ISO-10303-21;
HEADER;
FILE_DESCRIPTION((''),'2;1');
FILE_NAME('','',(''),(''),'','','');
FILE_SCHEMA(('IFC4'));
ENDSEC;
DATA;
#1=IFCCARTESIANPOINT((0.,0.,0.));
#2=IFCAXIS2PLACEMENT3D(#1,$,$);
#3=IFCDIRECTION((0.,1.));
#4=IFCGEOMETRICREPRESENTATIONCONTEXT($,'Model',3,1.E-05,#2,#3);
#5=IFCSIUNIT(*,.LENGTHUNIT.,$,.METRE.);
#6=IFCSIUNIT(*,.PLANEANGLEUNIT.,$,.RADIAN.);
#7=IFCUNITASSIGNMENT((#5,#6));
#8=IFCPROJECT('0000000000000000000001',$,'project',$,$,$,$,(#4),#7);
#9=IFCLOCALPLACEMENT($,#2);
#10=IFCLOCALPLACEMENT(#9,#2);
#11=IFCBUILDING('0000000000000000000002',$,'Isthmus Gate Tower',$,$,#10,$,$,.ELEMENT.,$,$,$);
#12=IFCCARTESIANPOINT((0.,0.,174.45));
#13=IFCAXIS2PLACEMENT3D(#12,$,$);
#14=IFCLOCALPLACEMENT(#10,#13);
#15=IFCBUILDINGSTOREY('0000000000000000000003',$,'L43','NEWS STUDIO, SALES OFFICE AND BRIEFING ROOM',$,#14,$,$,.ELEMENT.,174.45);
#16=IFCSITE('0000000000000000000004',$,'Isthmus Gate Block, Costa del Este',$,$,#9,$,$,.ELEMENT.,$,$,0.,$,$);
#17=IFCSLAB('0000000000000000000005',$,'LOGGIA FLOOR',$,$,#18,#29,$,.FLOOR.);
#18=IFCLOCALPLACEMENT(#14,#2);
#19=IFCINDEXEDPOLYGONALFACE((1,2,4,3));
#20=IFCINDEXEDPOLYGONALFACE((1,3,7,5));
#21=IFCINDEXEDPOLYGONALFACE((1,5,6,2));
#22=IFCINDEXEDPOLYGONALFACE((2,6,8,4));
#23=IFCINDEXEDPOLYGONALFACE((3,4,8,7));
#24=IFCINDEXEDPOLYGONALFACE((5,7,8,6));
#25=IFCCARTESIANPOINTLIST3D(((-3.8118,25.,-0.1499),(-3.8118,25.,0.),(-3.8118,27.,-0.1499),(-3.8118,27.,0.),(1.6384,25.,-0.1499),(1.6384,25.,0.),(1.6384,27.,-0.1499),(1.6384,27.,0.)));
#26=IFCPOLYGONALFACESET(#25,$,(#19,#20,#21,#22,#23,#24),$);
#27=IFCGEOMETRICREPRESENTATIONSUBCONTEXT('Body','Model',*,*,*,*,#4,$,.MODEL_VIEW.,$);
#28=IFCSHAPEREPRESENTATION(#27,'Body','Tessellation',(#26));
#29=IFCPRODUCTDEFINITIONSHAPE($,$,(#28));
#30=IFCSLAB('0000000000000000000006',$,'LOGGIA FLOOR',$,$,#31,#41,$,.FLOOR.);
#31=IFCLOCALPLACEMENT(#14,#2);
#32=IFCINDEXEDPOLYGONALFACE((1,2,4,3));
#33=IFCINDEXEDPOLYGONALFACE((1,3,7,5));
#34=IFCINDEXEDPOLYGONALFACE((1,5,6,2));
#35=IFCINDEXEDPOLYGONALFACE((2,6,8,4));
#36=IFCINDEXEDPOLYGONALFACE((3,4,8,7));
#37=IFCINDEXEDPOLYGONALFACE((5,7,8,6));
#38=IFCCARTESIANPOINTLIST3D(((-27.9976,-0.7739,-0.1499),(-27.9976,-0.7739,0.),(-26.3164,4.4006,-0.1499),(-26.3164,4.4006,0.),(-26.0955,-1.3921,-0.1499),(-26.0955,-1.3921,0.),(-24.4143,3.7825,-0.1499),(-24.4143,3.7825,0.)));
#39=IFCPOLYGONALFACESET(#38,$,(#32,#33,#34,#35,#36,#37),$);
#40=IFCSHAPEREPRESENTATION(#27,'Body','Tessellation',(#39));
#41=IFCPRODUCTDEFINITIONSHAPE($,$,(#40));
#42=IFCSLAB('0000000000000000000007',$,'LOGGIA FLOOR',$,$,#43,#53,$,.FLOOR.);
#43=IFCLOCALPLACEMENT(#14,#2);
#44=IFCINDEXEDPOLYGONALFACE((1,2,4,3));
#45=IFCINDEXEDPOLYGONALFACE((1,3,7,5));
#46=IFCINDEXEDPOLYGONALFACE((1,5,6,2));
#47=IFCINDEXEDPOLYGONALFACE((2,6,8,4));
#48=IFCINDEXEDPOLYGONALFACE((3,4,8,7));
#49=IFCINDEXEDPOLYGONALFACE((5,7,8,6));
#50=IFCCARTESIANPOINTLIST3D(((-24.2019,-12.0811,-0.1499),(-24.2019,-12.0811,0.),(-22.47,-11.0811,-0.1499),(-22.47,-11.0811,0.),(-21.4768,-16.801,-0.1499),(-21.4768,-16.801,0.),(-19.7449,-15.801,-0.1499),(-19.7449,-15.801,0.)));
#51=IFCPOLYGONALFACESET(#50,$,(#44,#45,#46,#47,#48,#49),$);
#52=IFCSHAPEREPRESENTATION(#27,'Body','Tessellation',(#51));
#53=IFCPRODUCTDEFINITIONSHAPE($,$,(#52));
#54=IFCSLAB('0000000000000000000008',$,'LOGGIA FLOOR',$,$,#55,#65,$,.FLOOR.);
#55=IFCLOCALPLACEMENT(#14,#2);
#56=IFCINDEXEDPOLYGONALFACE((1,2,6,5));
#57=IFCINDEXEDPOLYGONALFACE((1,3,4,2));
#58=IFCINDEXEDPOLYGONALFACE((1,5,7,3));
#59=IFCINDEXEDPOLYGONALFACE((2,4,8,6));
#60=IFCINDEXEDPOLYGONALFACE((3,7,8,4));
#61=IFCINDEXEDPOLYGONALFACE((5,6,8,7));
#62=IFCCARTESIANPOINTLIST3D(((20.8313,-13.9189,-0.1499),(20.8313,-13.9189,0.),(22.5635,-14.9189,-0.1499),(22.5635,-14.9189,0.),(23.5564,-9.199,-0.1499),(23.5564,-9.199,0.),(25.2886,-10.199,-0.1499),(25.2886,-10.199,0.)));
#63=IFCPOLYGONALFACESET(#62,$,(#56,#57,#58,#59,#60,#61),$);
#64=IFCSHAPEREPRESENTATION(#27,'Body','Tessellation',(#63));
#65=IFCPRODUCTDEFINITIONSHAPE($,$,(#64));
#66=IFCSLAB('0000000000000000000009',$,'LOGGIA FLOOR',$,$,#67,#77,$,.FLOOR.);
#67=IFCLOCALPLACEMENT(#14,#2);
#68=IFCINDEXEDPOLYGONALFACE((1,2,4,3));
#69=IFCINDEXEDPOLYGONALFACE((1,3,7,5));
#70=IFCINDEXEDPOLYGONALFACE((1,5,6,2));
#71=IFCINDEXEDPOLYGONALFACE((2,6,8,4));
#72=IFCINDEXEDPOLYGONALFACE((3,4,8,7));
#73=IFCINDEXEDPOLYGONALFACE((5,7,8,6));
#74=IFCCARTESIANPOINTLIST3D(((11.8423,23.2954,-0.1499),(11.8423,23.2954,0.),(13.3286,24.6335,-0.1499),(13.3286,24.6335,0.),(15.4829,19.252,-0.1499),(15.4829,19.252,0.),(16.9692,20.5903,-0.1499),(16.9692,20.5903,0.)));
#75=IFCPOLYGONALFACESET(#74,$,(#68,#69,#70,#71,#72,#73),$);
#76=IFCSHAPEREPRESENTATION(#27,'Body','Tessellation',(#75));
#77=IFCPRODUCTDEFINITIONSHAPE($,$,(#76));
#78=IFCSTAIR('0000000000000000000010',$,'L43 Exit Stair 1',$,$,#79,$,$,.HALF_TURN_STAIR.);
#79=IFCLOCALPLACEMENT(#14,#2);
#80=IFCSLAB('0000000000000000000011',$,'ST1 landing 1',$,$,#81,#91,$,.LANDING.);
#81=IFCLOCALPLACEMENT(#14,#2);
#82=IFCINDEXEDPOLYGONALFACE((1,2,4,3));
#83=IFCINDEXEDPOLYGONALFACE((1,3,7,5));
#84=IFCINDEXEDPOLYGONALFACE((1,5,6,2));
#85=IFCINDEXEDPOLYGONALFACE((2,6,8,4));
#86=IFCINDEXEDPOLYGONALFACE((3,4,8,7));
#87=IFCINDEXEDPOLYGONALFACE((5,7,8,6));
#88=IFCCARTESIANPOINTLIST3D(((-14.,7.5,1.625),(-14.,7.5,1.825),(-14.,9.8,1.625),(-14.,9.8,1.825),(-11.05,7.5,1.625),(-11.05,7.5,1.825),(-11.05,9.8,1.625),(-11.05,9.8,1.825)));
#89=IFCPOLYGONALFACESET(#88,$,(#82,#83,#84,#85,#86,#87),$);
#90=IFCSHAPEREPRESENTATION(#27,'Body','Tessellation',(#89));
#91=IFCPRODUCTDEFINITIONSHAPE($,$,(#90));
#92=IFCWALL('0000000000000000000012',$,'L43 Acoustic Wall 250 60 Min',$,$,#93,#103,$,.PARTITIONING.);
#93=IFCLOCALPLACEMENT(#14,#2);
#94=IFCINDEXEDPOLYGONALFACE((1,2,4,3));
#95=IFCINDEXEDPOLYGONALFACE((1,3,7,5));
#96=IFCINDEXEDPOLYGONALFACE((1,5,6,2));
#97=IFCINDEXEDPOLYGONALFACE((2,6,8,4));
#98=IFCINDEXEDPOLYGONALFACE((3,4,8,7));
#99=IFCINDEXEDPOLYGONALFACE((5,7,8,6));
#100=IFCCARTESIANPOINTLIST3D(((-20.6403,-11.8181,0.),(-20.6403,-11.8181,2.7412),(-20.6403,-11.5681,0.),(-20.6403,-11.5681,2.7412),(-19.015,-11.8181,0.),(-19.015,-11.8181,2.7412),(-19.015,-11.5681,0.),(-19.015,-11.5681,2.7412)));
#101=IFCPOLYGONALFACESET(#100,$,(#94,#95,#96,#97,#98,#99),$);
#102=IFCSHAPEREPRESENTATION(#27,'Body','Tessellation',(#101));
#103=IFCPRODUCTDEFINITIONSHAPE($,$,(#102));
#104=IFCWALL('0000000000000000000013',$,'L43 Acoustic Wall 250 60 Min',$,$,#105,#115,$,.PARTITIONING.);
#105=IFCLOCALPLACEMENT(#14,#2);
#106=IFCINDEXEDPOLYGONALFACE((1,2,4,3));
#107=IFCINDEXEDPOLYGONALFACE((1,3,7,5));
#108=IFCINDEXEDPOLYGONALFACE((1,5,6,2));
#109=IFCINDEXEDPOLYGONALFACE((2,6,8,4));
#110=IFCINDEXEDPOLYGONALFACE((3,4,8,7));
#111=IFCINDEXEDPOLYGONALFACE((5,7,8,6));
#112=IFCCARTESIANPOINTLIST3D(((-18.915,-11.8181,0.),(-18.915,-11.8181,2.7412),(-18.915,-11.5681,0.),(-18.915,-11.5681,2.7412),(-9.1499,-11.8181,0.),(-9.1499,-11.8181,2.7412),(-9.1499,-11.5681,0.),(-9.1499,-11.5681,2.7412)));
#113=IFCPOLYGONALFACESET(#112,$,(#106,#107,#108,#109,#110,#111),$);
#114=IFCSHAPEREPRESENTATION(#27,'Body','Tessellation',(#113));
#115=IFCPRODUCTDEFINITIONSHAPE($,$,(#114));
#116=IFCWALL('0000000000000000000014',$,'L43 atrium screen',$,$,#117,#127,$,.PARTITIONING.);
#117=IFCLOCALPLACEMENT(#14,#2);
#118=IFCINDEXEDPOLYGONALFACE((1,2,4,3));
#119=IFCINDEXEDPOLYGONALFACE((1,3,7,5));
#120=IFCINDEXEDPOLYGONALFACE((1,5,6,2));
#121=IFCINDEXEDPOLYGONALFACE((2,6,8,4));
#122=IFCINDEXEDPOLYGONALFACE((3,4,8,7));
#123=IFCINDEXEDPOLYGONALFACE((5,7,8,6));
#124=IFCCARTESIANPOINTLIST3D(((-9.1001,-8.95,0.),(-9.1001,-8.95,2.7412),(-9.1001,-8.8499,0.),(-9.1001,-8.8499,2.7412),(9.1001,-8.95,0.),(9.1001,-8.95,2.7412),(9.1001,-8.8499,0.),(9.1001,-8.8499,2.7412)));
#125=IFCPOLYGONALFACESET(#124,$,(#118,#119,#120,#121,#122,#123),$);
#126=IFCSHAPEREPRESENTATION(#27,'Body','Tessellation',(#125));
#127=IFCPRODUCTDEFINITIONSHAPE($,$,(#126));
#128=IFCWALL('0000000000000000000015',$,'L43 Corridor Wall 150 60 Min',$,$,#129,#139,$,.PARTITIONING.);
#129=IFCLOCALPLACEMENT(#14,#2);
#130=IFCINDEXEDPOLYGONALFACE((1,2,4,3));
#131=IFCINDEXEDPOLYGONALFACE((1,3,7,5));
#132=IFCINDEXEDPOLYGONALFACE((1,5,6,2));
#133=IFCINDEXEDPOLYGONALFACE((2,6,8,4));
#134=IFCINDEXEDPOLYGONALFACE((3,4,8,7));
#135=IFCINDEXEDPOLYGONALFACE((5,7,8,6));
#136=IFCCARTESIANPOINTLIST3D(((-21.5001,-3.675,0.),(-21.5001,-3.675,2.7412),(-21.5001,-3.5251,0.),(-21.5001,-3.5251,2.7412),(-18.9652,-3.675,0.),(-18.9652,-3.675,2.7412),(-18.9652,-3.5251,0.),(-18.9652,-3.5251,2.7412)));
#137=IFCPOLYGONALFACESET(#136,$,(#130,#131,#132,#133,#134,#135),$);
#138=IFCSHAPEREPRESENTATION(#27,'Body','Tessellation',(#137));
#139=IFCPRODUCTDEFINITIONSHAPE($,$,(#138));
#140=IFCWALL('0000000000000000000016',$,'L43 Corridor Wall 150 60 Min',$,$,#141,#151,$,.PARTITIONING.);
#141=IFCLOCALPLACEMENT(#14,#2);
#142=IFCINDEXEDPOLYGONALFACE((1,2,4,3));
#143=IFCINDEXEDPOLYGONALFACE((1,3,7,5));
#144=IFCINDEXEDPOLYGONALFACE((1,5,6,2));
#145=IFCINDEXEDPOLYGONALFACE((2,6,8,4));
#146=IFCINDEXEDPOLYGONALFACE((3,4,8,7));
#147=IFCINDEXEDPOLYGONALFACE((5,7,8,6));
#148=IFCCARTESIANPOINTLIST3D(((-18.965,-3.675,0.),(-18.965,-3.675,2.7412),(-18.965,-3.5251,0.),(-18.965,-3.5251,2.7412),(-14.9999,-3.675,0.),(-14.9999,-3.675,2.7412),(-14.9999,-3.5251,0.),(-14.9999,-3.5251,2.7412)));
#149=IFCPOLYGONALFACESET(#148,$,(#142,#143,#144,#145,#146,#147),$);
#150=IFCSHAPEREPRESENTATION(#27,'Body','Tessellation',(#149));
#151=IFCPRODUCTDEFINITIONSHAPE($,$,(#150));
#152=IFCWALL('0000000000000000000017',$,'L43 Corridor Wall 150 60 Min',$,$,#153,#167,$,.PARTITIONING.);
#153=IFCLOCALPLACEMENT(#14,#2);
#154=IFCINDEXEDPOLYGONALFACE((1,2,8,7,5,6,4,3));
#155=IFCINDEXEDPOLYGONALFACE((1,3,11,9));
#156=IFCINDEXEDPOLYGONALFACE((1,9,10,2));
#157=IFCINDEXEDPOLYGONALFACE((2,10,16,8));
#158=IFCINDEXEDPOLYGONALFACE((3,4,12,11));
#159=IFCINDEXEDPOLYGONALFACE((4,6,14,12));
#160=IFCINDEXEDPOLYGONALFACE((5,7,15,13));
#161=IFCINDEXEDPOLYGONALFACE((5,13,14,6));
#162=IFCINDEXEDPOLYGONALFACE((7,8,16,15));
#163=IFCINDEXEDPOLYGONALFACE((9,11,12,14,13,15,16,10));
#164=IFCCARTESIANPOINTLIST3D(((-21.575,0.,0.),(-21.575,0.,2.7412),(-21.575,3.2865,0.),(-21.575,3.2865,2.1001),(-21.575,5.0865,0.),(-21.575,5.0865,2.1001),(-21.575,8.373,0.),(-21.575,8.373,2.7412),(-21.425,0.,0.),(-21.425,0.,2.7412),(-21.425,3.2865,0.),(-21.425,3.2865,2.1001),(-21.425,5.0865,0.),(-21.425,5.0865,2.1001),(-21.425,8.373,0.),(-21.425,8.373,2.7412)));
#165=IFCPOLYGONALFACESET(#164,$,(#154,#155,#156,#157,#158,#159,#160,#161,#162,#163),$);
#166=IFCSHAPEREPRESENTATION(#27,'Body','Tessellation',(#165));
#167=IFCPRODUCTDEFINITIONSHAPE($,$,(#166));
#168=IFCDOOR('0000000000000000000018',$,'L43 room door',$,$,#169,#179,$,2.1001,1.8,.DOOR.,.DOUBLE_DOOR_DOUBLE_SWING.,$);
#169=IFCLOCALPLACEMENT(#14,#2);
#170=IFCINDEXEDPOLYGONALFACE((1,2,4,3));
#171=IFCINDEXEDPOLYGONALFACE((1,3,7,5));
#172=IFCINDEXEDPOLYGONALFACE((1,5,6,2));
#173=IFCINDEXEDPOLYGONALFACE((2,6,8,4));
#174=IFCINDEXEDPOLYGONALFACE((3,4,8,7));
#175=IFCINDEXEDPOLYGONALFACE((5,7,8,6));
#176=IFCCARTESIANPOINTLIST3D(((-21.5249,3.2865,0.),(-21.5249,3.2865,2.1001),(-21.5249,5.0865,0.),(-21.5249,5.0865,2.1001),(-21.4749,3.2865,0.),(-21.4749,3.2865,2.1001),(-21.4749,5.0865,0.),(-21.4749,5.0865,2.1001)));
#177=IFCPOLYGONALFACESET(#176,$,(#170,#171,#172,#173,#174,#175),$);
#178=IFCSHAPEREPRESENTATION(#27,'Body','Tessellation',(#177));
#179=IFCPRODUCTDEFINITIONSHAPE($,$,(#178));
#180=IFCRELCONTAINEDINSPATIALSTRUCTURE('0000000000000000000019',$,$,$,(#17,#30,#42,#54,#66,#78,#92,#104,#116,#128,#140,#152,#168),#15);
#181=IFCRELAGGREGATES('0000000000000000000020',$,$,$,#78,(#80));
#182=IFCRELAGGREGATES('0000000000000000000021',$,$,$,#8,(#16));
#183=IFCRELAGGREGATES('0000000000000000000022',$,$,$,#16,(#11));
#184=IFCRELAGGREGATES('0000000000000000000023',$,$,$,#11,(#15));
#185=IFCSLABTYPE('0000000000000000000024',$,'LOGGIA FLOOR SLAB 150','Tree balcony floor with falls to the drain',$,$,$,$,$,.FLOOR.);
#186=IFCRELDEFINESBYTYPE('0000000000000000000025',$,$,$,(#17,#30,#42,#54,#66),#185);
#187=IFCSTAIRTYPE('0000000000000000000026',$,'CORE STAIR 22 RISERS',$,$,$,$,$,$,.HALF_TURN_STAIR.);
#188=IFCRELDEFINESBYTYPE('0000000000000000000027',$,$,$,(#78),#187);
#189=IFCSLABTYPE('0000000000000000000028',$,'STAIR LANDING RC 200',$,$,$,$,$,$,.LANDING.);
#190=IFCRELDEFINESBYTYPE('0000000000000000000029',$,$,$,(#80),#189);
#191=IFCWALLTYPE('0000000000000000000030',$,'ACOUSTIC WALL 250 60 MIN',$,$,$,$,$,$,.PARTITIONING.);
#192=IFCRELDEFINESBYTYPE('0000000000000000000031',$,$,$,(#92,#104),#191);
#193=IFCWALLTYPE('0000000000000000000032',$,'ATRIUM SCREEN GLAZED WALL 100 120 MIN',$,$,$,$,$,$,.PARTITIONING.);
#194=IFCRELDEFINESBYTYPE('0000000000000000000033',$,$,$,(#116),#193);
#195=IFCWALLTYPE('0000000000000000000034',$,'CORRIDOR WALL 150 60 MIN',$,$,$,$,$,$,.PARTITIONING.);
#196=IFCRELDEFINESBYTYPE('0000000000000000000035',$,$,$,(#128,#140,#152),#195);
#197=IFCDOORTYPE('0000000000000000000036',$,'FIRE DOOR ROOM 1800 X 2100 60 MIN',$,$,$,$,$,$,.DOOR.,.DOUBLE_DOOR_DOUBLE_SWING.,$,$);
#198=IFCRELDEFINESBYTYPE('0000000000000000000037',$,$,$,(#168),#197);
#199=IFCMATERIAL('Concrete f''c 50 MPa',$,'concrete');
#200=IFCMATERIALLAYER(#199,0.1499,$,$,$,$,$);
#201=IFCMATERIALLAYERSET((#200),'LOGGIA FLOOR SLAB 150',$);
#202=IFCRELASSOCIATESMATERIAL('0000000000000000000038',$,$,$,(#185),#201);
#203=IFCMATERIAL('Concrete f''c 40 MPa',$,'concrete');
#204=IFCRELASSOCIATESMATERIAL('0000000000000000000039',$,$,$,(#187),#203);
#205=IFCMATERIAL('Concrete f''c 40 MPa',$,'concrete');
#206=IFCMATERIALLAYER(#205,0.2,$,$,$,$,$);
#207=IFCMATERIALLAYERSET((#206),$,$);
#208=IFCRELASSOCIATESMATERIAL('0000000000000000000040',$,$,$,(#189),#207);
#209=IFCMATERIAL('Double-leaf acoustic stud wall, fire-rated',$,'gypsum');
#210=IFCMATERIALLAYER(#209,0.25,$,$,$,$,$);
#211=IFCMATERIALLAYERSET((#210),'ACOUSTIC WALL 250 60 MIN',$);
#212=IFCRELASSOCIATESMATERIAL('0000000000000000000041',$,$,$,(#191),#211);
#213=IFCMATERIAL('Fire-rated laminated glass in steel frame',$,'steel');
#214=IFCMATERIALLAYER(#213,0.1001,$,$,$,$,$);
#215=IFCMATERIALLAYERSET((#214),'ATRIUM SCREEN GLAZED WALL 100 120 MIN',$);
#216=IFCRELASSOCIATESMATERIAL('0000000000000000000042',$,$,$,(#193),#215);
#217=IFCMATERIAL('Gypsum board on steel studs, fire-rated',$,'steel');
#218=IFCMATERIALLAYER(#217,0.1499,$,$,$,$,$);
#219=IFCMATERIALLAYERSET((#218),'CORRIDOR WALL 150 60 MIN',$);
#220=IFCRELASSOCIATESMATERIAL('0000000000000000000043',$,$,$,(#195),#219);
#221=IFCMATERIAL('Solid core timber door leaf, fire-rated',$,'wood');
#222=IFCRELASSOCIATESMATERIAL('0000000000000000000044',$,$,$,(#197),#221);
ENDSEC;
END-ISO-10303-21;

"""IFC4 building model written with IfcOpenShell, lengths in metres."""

from ifc_helpers import new_model, si_unit, direction, frame, frame_2d, origin, place, context, subcontext, project, spatial, polyline, rectangle, outline, extrude, material, layer, layer_set, type_object, element, fill, aggregate, save


model = new_model("IFC4")

# Units and contexts
model_context = context("Model", 3, precision=1e-05, world=origin(), true_north=direction((0.0, 1.0)))
body_context = subcontext(model_context, "Body", "Model", "MODEL_VIEW")
ifc_project = project(units=[si_unit("LENGTHUNIT", "METRE"), si_unit("PLANEANGLEUNIT", "RADIAN")], contexts=[model_context])

# Site, building, storey
site_placement = place(None, origin())
site = spatial("IfcSite", under=ifc_project, at=site_placement, Name="Isthmus Gate Block, Costa del Este", CompositionType="ELEMENT", RefElevation=0.0)
building_placement = place(site_placement, origin())
building = spatial("IfcBuilding", under=site, at=building_placement, Name="Isthmus Gate Tower", CompositionType="ELEMENT")
storey_placement = place(building_placement, frame((0.0, 0.0, 174.45)))
storey = spatial("IfcBuildingStorey", under=building, at=storey_placement, Name="L43", Description="NEWS STUDIO, SALES OFFICE AND BRIEFING ROOM", CompositionType="ELEMENT", Elevation=174.45)

# Slabs
ifc_material_1 = material(Name="Concrete f'c 50 MPa", Category="concrete")
ifc_layer_1 = layer(ifc_material_1, 0.1499)
ifc_layer_set_1 = layer_set([ifc_layer_1], Name="LOGGIA FLOOR SLAB 150")
slab_type_1 = type_object("IfcSlabType", Name="LOGGIA FLOOR SLAB 150", Description="Tree balcony floor with falls to the drain", PredefinedType="FLOOR", material=ifc_layer_set_1)
slab_1_placement = place(storey_placement, frame((0.0, 0.0, -0.1499)))
element("IfcSlab", 1, at=slab_1_placement, inside=storey, type_object=slab_type_1, Name="LOGGIA FLOOR", PredefinedType="FLOOR", context=body_context, shape_type="SweptSolid", body=[
    extrude(outline(polyline([(1.6384, 27.0), (-3.8118, 27.0), (-3.8118, 25.0), (1.6384, 25.0), (1.6384, 27.0)])), origin(), (0.0, 0.0, 1.0), 0.1499),
])
slab_2_placement = place(storey_placement, frame((0.0, 0.0, -0.1499)))
element("IfcSlab", 2, at=slab_2_placement, inside=storey, type_object=slab_type_1, Name="LOGGIA FLOOR", PredefinedType="FLOOR", context=body_context, shape_type="SweptSolid", body=[
    extrude(outline(polyline([(-26.3164, 4.4006), (-27.9976, -0.7739), (-26.0955, -1.3921), (-24.4143, 3.7825), (-26.3164, 4.4006)])), origin(), (0.0, 0.0, 1.0), 0.1499),
])
slab_3_placement = place(storey_placement, frame((0.0, 0.0, -0.1499)))
element("IfcSlab", 3, at=slab_3_placement, inside=storey, type_object=slab_type_1, Name="LOGGIA FLOOR", PredefinedType="FLOOR", context=body_context, shape_type="SweptSolid", body=[
    extrude(outline(polyline([(-24.2019, -12.0811), (-21.4768, -16.801), (-19.7449, -15.801), (-22.47, -11.0811), (-24.2019, -12.0811)])), origin(), (0.0, 0.0, 1.0), 0.1499),
])
slab_4_placement = place(storey_placement, frame((0.0, 0.0, -0.1499)))
element("IfcSlab", 4, at=slab_4_placement, inside=storey, type_object=slab_type_1, Name="LOGGIA FLOOR", PredefinedType="FLOOR", context=body_context, shape_type="SweptSolid", body=[
    extrude(outline(polyline([(22.5635, -14.9189), (25.2886, -10.199), (23.5564, -9.199), (20.8313, -13.9189), (22.5635, -14.9189)])), origin(), (0.0, 0.0, 1.0), 0.1499),
])
slab_5_placement = place(storey_placement, frame((0.0, 0.0, -0.1499)))
element("IfcSlab", 5, at=slab_5_placement, inside=storey, type_object=slab_type_1, Name="LOGGIA FLOOR", PredefinedType="FLOOR", context=body_context, shape_type="SweptSolid", body=[
    extrude(outline(polyline([(16.9692, 20.5903), (13.3286, 24.6335), (11.8423, 23.2954), (15.4829, 19.252), (16.9692, 20.5903)])), origin(), (0.0, 0.0, 1.0), 0.1499),
])

# Stair, slab
ifc_material_2 = material(Name="Concrete f'c 40 MPa", Category="concrete")
stair_type = type_object("IfcStairType", Name="CORE STAIR 22 RISERS", PredefinedType="HALF_TURN_STAIR", material=ifc_material_2)
stair_placement = place(storey_placement, origin())
stair = element("IfcStair", 6, at=stair_placement, inside=storey, type_object=stair_type, Name="L43 Exit Stair 1", PredefinedType="HALF_TURN_STAIR")
ifc_material_3 = material(Name="Concrete f'c 40 MPa", Category="concrete")
ifc_layer_2 = layer(ifc_material_3, 0.2)
ifc_layer_set_2 = layer_set([ifc_layer_2])
slab_type_2 = type_object("IfcSlabType", Name="STAIR LANDING RC 200", PredefinedType="LANDING", material=ifc_layer_set_2)
slab_6_placement = place(storey_placement, frame((0.0, 0.0, 1.625)))
slab_6 = element("IfcSlab", 7, at=slab_6_placement, type_object=slab_type_2, Name="ST1 landing 1", PredefinedType="LANDING", context=body_context, shape_type="SweptSolid", body=[
    extrude(outline(polyline([(-14.0, 9.8), (-14.0, 7.5), (-11.05, 7.5), (-11.05, 9.8), (-14.0, 9.8)])), origin(), (0.0, 0.0, 1.0), 0.2),
])
aggregate(stair, [slab_6])

# Walls
ifc_material_4 = material(Name="Double-leaf acoustic stud wall, fire-rated", Category="gypsum")
ifc_layer_3 = layer(ifc_material_4, 0.25)
ifc_layer_set_3 = layer_set([ifc_layer_3], Name="ACOUSTIC WALL 250 60 MIN")
wall_type_1 = type_object("IfcWallType", Name="ACOUSTIC WALL 250 60 MIN", PredefinedType="PARTITIONING", material=ifc_layer_set_3)
wall_1_placement = place(storey_placement, frame((-20.6401, -11.6931, 0.0), z_axis=(0.0, 0.0, 1.0), x_axis=(1.0, 0.0, 0.0)))
element("IfcWall", 8, at=wall_1_placement, inside=storey, type_object=wall_type_1, Name="L43 Acoustic Wall 250 60 Min", PredefinedType="PARTITIONING", context=body_context, shape_type="SweptSolid", body=[
    extrude(rectangle(XDim=1.6252, YDim=0.25, at=frame_2d((0.8125, 0.0))), origin(), (0.0, 0.0, 1.0), 2.7412),
])
wall_2_placement = place(storey_placement, frame((-18.915, -11.6931, 0.0), z_axis=(0.0, 0.0, 1.0), x_axis=(1.0, 0.0, 0.0)))
element("IfcWall", 9, at=wall_2_placement, inside=storey, type_object=wall_type_1, Name="L43 Acoustic Wall 250 60 Min", PredefinedType="PARTITIONING", context=body_context, shape_type="SweptSolid", body=[
    extrude(rectangle(XDim=9.7651, YDim=0.25, at=frame_2d((4.8826, 0.0))), origin(), (0.0, 0.0, 1.0), 2.7412),
])
ifc_material_5 = material(Name="Fire-rated laminated glass in steel frame", Category="steel")
ifc_layer_4 = layer(ifc_material_5, 0.1001)
ifc_layer_set_4 = layer_set([ifc_layer_4], Name="ATRIUM SCREEN GLAZED WALL 100 120 MIN")
wall_type_2 = type_object("IfcWallType", Name="ATRIUM SCREEN GLAZED WALL 100 120 MIN", PredefinedType="PARTITIONING", material=ifc_layer_set_4)
wall_3_placement = place(storey_placement, frame((-9.1001, -8.8999, 0.0), z_axis=(0.0, 0.0, 1.0), x_axis=(1.0, 0.0, 0.0)))
element("IfcWall", 10, at=wall_3_placement, inside=storey, type_object=wall_type_2, Name="L43 atrium screen", PredefinedType="PARTITIONING", context=body_context, shape_type="SweptSolid", body=[
    extrude(rectangle(XDim=18.2002, YDim=0.1001, at=frame_2d((9.1001, 0.0))), origin(), (0.0, 0.0, 1.0), 2.7412),
])
ifc_material_6 = material(Name="Gypsum board on steel studs, fire-rated", Category="steel")
ifc_layer_5 = layer(ifc_material_6, 0.1499)
ifc_layer_set_5 = layer_set([ifc_layer_5], Name="CORRIDOR WALL 150 60 MIN")
wall_type_3 = type_object("IfcWallType", Name="CORRIDOR WALL 150 60 MIN", PredefinedType="PARTITIONING", material=ifc_layer_set_5)
wall_4_placement = place(storey_placement, frame((-18.9651, -3.6001, 0.0), z_axis=(0.0, 0.0, 1.0), x_axis=(-1.0, 0.0, 0.0)))
element("IfcWall", 11, at=wall_4_placement, inside=storey, type_object=wall_type_3, Name="L43 Corridor Wall 150 60 Min", PredefinedType="PARTITIONING", context=body_context, shape_type="SweptSolid", body=[
    extrude(rectangle(XDim=2.5349, YDim=0.1499, at=frame_2d((1.2676, 0.0))), origin(), (0.0, 0.0, 1.0), 2.7412),
])
wall_5_placement = place(storey_placement, frame((-15.0, -3.6001, 0.0), z_axis=(0.0, 0.0, 1.0), x_axis=(-1.0, 0.0, 0.0)))
element("IfcWall", 12, at=wall_5_placement, inside=storey, type_object=wall_type_3, Name="L43 Corridor Wall 150 60 Min", PredefinedType="PARTITIONING", context=body_context, shape_type="SweptSolid", body=[
    extrude(rectangle(XDim=3.9651, YDim=0.1499, at=frame_2d((1.9824, 0.0))), origin(), (0.0, 0.0, 1.0), 2.7412),
])

# Wall, opening, door
wall_6_placement = place(storey_placement, frame((-21.5, 0.0, 0.0), z_axis=(0.0, 0.0, 1.0), x_axis=(0.0, 1.0, 0.0)))
wall_6 = element("IfcWall", 13, at=wall_6_placement, inside=storey, type_object=wall_type_3, Name="L43 Corridor Wall 150 60 Min", PredefinedType="PARTITIONING", context=body_context, shape_type="SweptSolid", body=[
    extrude(rectangle(XDim=8.373, YDim=0.1499, at=frame_2d((4.1865, 0.0))), origin(), (0.0, 0.0, 1.0), 2.7412),
])
opening_1_placement = place(wall_6_placement, frame((3.2866, 0.0, 0.0)))
opening_1 = element("IfcOpeningElement", 14, at=opening_1_placement, cuts=wall_6, PredefinedType="OPENING", context=body_context, shape_type="SweptSolid", body=[
    extrude(rectangle(XDim=1.8, YDim=2.1001, at=frame_2d((0.8999, 1.05))), frame((0.0, 0.085, 0.0), z_axis=(0.0, -1.0, 0.0), x_axis=(1.0, 0.0, 0.0)), (0.0, 0.0, 1.0), 0.1699),
])
ifc_material_7 = material(Name="Solid core timber door leaf, fire-rated", Category="wood")
door_type_1 = type_object("IfcDoorType", Name="FIRE DOOR ROOM 1800 X 2100 60 MIN", OperationType="DOUBLE_DOOR_DOUBLE_SWING", PredefinedType="DOOR", material=ifc_material_7)
door_1_placement = place(opening_1_placement, origin())
door_1 = element("IfcDoor", 15, at=door_1_placement, inside=storey, type_object=door_type_1, Name="L43 room door", OperationType="DOUBLE_DOOR_DOUBLE_SWING", OverallHeight=2.1001, OverallWidth=1.8, PredefinedType="DOOR", context=body_context, shape_type="SweptSolid", body=[
    extrude(rectangle(XDim=1.8, YDim=2.1001, at=frame_2d((0.8999, 1.05))), frame((0.0, 0.0249, 0.0), z_axis=(0.0, -1.0, 0.0), x_axis=(1.0, 0.0, 0.0)), (0.0, 0.0, 1.0), 0.05),
])
fill(opening_1, door_1)

save(model, "model.ifc")
